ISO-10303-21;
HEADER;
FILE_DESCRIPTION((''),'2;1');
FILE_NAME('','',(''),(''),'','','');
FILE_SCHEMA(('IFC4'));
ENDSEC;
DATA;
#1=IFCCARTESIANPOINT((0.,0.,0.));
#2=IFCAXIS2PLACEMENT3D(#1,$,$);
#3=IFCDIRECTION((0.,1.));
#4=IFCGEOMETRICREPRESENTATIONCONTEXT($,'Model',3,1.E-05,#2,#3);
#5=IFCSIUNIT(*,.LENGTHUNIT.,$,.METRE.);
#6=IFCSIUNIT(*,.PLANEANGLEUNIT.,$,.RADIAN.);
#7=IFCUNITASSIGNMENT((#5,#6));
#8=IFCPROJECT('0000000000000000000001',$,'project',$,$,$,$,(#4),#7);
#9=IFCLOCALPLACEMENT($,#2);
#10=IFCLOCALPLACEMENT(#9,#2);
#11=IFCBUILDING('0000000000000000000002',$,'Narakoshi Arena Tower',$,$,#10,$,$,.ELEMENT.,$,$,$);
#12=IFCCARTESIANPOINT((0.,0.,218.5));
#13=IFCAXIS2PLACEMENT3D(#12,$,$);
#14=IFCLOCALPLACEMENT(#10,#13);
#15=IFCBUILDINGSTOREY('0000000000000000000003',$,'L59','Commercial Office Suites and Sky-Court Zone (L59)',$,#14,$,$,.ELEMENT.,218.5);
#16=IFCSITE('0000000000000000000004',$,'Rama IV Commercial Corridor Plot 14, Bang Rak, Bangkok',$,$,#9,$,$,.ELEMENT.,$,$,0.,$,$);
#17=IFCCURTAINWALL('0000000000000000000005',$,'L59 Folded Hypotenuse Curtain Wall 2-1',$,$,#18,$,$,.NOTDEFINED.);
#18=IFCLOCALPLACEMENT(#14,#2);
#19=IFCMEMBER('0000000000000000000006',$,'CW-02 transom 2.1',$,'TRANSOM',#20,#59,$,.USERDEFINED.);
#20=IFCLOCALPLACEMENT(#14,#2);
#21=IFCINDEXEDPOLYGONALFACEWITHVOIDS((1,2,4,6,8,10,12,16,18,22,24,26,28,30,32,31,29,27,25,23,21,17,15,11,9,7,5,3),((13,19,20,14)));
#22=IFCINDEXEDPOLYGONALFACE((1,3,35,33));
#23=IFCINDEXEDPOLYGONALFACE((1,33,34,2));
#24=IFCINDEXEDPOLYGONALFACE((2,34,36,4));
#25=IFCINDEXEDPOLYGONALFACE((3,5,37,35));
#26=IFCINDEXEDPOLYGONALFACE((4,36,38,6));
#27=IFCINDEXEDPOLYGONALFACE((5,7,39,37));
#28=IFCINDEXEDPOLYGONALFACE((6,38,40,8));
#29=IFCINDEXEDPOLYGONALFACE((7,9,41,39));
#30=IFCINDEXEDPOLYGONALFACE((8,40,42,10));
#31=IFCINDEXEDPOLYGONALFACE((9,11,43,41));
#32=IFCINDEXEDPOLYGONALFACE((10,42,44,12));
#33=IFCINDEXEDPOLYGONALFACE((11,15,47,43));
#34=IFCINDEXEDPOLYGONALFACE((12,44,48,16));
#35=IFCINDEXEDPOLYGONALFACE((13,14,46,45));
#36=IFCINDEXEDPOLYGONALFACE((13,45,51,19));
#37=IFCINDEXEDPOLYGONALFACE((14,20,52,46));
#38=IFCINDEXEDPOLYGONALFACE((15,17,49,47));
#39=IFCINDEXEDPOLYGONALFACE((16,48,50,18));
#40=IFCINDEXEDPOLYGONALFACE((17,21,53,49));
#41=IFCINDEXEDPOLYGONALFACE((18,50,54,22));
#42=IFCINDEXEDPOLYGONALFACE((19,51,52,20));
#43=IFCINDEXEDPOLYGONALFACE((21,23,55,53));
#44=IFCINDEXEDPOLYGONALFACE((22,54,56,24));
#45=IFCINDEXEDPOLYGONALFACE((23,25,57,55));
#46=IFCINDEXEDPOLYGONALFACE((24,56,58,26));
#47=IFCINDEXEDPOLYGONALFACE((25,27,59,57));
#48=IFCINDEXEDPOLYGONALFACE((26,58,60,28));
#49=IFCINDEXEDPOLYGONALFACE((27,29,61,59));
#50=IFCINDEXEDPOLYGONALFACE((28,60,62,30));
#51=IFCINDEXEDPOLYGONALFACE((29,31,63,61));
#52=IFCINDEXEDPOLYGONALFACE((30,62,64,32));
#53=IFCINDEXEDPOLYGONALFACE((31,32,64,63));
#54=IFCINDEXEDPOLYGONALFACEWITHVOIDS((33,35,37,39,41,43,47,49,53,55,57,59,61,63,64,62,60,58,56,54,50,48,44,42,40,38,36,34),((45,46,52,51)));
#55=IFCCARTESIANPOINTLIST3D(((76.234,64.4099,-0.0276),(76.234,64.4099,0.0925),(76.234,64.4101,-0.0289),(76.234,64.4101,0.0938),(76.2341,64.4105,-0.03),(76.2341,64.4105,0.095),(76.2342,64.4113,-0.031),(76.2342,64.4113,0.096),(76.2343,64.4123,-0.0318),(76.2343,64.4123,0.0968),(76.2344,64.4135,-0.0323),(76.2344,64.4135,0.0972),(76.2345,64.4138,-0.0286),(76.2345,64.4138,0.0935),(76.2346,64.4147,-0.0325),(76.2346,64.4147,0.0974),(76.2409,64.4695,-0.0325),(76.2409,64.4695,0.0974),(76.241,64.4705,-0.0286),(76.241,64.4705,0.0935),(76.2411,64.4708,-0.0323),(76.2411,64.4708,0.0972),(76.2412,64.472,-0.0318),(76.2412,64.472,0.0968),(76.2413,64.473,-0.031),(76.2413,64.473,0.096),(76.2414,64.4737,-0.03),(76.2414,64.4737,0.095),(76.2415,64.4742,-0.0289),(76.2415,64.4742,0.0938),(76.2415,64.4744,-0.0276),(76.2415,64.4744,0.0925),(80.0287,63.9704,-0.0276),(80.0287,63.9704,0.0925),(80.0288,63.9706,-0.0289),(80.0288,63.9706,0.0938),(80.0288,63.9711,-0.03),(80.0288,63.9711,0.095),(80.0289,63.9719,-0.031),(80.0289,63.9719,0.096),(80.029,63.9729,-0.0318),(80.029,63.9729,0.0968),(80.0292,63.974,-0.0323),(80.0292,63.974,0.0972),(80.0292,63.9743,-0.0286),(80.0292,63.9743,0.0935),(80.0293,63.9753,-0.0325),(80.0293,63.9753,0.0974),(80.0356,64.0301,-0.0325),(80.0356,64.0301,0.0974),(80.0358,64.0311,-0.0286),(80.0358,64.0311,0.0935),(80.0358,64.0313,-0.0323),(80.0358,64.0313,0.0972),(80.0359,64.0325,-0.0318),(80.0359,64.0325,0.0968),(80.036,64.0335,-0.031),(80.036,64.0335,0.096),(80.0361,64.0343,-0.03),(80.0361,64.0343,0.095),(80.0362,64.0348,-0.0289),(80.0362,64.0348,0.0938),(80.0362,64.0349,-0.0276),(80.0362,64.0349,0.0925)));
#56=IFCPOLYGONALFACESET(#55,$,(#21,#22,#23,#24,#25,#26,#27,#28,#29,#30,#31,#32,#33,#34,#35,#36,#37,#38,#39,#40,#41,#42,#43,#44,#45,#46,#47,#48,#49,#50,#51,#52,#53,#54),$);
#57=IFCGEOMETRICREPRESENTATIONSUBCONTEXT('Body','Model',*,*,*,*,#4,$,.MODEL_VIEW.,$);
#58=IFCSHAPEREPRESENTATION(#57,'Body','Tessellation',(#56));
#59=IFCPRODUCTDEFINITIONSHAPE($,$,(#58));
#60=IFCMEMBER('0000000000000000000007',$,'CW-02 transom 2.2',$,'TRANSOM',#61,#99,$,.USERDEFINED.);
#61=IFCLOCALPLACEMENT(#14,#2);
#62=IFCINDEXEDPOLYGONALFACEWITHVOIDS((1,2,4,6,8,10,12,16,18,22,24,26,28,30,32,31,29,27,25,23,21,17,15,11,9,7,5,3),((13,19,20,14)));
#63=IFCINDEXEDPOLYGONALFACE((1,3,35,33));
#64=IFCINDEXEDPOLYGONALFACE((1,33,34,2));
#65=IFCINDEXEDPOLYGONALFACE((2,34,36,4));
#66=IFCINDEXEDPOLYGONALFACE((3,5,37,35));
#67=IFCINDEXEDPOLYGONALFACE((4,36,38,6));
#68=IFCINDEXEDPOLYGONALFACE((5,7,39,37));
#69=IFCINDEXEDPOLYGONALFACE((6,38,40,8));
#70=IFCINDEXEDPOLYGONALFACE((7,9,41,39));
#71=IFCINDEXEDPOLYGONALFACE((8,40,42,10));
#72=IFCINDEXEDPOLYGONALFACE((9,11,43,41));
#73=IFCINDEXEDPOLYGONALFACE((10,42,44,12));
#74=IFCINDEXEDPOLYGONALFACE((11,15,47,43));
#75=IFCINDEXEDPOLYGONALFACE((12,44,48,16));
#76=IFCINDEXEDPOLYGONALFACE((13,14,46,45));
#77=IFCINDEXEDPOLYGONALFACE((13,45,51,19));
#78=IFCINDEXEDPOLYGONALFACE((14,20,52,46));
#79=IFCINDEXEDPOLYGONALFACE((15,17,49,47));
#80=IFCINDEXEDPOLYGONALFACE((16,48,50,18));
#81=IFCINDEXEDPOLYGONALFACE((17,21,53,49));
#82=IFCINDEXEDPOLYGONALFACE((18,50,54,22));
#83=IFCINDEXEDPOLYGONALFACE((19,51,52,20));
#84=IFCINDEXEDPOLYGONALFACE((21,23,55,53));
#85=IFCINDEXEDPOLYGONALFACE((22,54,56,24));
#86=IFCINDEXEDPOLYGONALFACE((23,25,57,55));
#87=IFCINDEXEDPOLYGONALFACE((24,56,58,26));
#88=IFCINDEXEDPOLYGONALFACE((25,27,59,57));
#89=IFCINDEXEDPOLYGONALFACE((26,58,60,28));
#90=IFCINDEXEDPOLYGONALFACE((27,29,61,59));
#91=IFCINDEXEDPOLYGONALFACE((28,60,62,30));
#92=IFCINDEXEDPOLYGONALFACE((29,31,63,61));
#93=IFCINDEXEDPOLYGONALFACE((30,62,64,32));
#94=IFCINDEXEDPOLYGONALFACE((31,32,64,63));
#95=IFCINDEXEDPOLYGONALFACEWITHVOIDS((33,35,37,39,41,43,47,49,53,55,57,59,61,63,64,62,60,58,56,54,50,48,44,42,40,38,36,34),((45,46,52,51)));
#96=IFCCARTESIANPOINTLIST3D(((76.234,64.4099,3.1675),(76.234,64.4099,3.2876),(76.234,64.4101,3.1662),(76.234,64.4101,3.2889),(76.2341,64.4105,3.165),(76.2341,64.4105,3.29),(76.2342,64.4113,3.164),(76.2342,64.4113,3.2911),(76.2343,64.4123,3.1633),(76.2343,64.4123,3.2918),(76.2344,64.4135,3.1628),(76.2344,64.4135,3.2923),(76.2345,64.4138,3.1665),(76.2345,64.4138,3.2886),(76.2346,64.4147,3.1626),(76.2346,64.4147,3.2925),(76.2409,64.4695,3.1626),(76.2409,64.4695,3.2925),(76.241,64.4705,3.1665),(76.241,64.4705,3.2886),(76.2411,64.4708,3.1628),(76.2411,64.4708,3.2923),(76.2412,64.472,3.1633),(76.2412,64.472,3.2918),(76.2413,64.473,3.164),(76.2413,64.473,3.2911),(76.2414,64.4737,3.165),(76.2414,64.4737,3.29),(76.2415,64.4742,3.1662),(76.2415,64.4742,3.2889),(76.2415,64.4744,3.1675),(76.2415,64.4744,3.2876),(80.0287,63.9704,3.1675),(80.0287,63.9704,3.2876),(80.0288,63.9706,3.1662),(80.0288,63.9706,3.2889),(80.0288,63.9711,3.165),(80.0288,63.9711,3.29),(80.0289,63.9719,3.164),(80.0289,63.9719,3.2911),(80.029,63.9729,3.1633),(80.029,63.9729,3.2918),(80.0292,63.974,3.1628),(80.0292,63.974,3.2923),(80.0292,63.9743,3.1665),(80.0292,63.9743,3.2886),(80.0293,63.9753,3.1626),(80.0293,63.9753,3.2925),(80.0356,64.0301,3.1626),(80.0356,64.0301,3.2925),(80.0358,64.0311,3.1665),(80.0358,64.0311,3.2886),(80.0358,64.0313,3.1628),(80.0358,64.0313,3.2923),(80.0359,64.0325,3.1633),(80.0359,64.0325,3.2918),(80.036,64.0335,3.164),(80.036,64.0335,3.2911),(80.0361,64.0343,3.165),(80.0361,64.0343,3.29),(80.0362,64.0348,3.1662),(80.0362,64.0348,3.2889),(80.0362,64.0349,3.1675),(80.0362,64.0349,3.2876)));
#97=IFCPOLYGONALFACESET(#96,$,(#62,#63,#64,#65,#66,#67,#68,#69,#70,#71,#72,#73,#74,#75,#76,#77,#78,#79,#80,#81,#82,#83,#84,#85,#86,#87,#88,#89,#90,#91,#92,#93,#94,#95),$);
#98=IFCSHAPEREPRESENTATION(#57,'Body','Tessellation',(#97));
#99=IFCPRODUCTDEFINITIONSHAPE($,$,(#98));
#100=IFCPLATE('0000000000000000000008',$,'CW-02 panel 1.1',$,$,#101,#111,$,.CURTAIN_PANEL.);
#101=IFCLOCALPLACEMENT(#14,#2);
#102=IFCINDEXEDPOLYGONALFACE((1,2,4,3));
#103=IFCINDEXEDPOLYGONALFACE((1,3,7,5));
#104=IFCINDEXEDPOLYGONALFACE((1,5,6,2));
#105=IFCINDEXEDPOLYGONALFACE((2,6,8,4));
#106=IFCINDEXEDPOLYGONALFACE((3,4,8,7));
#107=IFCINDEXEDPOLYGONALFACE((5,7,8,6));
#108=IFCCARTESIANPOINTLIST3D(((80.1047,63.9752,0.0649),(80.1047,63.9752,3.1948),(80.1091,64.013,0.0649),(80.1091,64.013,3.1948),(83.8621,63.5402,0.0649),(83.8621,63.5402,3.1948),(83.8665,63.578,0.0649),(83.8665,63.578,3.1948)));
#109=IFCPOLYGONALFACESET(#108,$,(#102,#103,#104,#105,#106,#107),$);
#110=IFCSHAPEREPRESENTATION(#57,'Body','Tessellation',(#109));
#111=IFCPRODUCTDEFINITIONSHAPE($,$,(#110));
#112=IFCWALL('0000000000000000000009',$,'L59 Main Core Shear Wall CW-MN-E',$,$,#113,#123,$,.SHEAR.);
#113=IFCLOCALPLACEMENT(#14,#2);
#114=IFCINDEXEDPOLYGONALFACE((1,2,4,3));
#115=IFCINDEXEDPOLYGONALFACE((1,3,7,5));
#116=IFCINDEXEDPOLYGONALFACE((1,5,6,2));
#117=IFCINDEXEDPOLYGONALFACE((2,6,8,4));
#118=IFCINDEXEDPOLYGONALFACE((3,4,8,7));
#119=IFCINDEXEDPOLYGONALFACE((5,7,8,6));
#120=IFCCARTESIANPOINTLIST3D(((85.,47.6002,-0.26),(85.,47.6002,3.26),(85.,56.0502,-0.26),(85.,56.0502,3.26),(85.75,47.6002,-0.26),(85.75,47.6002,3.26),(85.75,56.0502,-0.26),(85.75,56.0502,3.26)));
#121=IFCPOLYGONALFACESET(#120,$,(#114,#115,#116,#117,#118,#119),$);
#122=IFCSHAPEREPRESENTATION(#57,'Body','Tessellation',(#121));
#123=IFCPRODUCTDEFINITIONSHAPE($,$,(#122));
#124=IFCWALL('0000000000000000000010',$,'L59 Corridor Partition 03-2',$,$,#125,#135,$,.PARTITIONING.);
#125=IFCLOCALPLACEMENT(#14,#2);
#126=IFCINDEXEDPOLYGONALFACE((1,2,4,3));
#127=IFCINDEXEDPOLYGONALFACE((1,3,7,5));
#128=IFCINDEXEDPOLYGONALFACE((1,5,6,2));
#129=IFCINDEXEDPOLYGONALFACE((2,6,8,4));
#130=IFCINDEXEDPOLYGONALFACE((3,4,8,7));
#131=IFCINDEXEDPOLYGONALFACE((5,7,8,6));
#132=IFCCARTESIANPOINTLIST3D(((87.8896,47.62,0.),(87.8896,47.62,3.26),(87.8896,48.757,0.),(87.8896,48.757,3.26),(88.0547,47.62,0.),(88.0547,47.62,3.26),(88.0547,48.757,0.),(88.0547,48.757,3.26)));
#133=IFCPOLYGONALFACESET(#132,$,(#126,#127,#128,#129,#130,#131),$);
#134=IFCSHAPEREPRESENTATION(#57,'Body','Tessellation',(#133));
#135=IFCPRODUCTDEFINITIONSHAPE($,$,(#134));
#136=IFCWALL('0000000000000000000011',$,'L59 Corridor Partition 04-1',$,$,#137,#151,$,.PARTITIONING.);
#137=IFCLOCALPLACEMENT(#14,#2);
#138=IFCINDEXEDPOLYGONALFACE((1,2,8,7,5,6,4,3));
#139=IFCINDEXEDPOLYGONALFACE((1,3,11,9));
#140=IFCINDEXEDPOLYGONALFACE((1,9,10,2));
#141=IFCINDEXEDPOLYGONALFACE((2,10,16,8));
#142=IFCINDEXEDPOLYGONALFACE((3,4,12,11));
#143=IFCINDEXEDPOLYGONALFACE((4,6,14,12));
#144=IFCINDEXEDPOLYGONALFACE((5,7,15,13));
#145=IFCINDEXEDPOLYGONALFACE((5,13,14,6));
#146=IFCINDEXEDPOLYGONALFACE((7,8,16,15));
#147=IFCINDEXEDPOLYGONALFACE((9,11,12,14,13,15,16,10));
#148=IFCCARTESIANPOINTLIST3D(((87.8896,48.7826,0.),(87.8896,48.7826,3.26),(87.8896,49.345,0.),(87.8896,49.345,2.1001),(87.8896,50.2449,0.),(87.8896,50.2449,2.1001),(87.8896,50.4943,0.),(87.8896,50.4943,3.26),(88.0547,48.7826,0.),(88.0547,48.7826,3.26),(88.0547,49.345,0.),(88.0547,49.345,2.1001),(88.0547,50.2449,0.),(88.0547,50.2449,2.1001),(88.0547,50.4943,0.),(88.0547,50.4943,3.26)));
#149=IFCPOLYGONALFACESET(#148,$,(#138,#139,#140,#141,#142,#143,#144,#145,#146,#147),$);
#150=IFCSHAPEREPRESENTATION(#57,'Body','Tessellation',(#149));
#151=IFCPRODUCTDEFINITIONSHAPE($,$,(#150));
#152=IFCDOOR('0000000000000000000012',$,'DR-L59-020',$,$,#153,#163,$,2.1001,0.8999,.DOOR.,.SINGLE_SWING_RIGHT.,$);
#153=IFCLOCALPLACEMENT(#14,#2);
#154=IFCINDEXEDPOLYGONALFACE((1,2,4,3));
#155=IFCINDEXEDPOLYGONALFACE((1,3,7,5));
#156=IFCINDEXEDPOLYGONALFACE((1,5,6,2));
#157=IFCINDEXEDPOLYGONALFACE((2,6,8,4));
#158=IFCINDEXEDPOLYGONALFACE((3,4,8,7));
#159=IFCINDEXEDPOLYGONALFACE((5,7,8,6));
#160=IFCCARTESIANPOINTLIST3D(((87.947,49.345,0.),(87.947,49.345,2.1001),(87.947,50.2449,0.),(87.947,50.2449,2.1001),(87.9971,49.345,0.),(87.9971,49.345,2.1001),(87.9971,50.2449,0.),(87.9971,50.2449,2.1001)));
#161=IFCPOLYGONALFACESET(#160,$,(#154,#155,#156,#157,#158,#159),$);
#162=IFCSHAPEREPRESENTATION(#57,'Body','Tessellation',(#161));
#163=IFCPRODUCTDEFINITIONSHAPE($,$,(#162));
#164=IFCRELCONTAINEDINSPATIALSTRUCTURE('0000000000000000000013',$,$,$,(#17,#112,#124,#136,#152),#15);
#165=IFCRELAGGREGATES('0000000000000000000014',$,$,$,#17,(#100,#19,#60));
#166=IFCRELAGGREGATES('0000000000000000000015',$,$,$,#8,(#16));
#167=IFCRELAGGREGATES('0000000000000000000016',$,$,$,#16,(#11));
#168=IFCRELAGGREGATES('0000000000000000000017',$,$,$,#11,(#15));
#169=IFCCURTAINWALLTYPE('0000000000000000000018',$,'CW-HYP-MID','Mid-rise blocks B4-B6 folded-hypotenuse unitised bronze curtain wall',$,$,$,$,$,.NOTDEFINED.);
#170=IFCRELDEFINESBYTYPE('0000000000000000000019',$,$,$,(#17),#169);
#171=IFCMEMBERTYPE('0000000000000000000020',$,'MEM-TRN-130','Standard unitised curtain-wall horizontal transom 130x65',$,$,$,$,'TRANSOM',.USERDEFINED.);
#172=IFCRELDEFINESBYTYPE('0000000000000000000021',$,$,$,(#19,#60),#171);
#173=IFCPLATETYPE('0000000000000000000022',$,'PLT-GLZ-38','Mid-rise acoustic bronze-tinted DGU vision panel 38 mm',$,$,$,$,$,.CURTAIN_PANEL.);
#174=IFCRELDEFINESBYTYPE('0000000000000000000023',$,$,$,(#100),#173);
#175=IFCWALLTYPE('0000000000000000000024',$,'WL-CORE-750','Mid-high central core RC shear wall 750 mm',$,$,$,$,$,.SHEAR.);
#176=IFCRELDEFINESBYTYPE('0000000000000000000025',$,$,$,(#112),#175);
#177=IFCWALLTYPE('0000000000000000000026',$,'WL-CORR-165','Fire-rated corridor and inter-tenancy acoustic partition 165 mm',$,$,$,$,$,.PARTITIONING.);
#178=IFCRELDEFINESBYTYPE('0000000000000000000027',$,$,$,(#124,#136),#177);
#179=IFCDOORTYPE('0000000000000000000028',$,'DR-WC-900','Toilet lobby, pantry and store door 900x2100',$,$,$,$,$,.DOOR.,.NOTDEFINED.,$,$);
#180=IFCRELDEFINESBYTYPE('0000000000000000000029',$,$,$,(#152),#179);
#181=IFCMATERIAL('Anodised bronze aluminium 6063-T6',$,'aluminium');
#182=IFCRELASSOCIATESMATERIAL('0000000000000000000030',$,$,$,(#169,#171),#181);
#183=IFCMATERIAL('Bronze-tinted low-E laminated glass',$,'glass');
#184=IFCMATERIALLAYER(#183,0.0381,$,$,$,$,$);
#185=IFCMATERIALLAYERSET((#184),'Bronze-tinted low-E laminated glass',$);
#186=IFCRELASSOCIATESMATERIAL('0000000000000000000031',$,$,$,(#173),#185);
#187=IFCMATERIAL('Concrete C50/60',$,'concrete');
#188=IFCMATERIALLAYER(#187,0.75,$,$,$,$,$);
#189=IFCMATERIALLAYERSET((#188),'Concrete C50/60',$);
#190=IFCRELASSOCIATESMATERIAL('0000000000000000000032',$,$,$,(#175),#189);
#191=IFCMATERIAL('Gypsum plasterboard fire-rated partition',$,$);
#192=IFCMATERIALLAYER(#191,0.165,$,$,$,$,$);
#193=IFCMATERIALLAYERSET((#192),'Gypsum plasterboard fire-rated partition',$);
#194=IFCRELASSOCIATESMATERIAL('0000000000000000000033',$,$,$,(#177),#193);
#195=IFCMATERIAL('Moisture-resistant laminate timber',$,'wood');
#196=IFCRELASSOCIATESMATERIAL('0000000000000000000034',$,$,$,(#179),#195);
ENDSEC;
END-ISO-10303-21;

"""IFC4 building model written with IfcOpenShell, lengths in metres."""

from ifc_helpers import new_model, si_unit, direction, frame, frame_2d, origin, origin_2d, place, context, subcontext, project, spatial, rectangle, hollow_rectangle, extrude, material, layer, layer_set, material_profile, profile_set, type_object, element, fill, aggregate, save


model = new_model("IFC4")

# Units and contexts
model_context = context("Model", 3, precision=1e-05, world=origin(), true_north=direction((0.0, 1.0)))
body_context = subcontext(model_context, "Body", "Model", "MODEL_VIEW")
ifc_project = project(units=[si_unit("LENGTHUNIT", "METRE"), si_unit("PLANEANGLEUNIT", "RADIAN")], contexts=[model_context])

# Site, building, storey
site_placement = place(None, origin())
site = spatial("IfcSite", under=ifc_project, at=site_placement, Name="Rama IV Commercial Corridor Plot 14, Bang Rak, Bangkok", CompositionType="ELEMENT", RefElevation=0.0)
building_placement = place(site_placement, origin())
building = spatial("IfcBuilding", under=site, at=building_placement, Name="Narakoshi Arena Tower", CompositionType="ELEMENT")
storey_placement = place(building_placement, frame((0.0, 0.0, 218.5)))
storey = spatial("IfcBuildingStorey", under=building, at=storey_placement, Name="L59", Description="Commercial Office Suites and Sky-Court Zone (L59)", CompositionType="ELEMENT", Elevation=218.5)

# Curtain wall, members, plate
ifc_material_1 = material(Name="Anodised bronze aluminium 6063-T6", Category="aluminium")
curtain_wall_type = type_object("IfcCurtainWallType", Name="CW-HYP-MID", Description="Mid-rise blocks B4-B6 folded-hypotenuse unitised bronze curtain wall", PredefinedType="NOTDEFINED", material=ifc_material_1)
curtain_wall_placement = place(storey_placement, origin())
curtain_wall = element("IfcCurtainWall", 1, at=curtain_wall_placement, inside=storey, type_object=curtain_wall_type, Name="L59 Folded Hypotenuse Curtain Wall 2-1", PredefinedType="NOTDEFINED")
ifc_material_profile_1 = material_profile(ifc_material_1, hollow_rectangle(XDim=0.0649, YDim=0.1299, WallThickness=0.0039, OuterFilletRadius=0.0049, at=origin_2d()), Name="TRN130x65x4")
ifc_profile_set_1 = profile_set([ifc_material_profile_1], Name="Anodised bronze aluminium 6063-T6")
member_type_1 = type_object("IfcMemberType", Name="MEM-TRN-130", Description="Standard unitised curtain-wall horizontal transom 130x65", ElementType="TRANSOM", PredefinedType="USERDEFINED", material=ifc_profile_set_1)
member_1_placement = place(storey_placement, frame((80.0325, 64.0027, 0.0325), z_axis=(-0.993361, 0.115039, 0.0), x_axis=(-0.115039, -0.993361, 0.0)))
member_1 = element("IfcMember", 2, at=member_1_placement, type_object=member_type_1, Name="CW-02 transom 2.1", ObjectType="TRANSOM", PredefinedType="USERDEFINED", context=body_context, shape_type="SweptSolid", body=[
    extrude(hollow_rectangle(XDim=0.0649, YDim=0.1299, WallThickness=0.0039, OuterFilletRadius=0.0049, at=origin_2d()), origin(), (0.0, 0.0, 1.0), 3.8201),
])
member_2_placement = place(storey_placement, frame((80.0325, 64.0027, 3.2275), z_axis=(-0.993361, 0.115039, 0.0), x_axis=(-0.115039, -0.993361, 0.0)))
member_2 = element("IfcMember", 3, at=member_2_placement, type_object=member_type_1, Name="CW-02 transom 2.2", ObjectType="TRANSOM", PredefinedType="USERDEFINED", context=body_context, shape_type="SweptSolid", body=[
    extrude(hollow_rectangle(XDim=0.0649, YDim=0.1299, WallThickness=0.0039, OuterFilletRadius=0.0049, at=origin_2d()), origin(), (0.0, 0.0, 1.0), 3.8201),
])
ifc_material_2 = material(Name="Bronze-tinted low-E laminated glass", Category="glass")
ifc_layer_1 = layer(ifc_material_2, 0.0381)
ifc_layer_set_1 = layer_set([ifc_layer_1], Name="Bronze-tinted low-E laminated glass")
plate_type = type_object("IfcPlateType", Name="PLT-GLZ-38", Description="Mid-rise acoustic bronze-tinted DGU vision panel 38 mm", PredefinedType="CURTAIN_PANEL", material=ifc_layer_set_1)
plate_placement = place(storey_placement, frame((81.9856, 63.7766, 0.0649), z_axis=(0.0, 0.0, 1.0), x_axis=(-0.993364, 0.115011, 0.0)))
plate = element("IfcPlate", 4, at=plate_placement, type_object=plate_type, Name="CW-02 panel 1.1", PredefinedType="CURTAIN_PANEL", context=body_context, shape_type="SweptSolid", body=[
    extrude(rectangle(XDim=3.7825, YDim=0.0381, at=origin_2d()), origin(), (0.0, 0.0, 1.0), 3.1299),
])
aggregate(curtain_wall, [plate, member_1, member_2])

# Walls
ifc_material_3 = material(Name="Concrete C50/60", Category="concrete")
ifc_layer_2 = layer(ifc_material_3, 0.75)
ifc_layer_set_2 = layer_set([ifc_layer_2], Name="Concrete C50/60")
wall_type_1 = type_object("IfcWallType", Name="WL-CORE-750", Description="Mid-high central core RC shear wall 750 mm", PredefinedType="SHEAR", material=ifc_layer_set_2)
wall_1_placement = place(storey_placement, frame((85.375, 47.6001, -0.26), z_axis=(0.0, 0.0, 1.0), x_axis=(0.0, 1.0, 0.0)))
element("IfcWall", 5, at=wall_1_placement, inside=storey, type_object=wall_type_1, Name="L59 Main Core Shear Wall CW-MN-E", PredefinedType="SHEAR", context=body_context, shape_type="SweptSolid", body=[
    extrude(rectangle(XDim=8.45, YDim=0.75, at=frame_2d((4.2251, 0.0))), origin(), (0.0, 0.0, 1.0), 3.52),
])
ifc_material_4 = material(Name="Gypsum plasterboard fire-rated partition")
ifc_layer_3 = layer(ifc_material_4, 0.165)
ifc_layer_set_3 = layer_set([ifc_layer_3], Name="Gypsum plasterboard fire-rated partition")
wall_type_2 = type_object("IfcWallType", Name="WL-CORR-165", Description="Fire-rated corridor and inter-tenancy acoustic partition 165 mm", PredefinedType="PARTITIONING", material=ifc_layer_set_3)
wall_2_placement = place(storey_placement, frame((87.9722, 47.6201, 0.0), z_axis=(0.0, 0.0, 1.0), x_axis=(0.0, 1.0, 0.0)))
element("IfcWall", 6, at=wall_2_placement, inside=storey, type_object=wall_type_2, Name="L59 Corridor Partition 03-2", PredefinedType="PARTITIONING", context=body_context, shape_type="SweptSolid", body=[
    extrude(rectangle(XDim=1.137, YDim=0.165, at=frame_2d((0.5684, 0.0))), origin(), (0.0, 0.0, 1.0), 3.26),
])

# Wall, opening, door
wall_3_placement = place(storey_placement, frame((87.9722, 48.7825, 0.0), z_axis=(0.0, 0.0, 1.0), x_axis=(0.0, 1.0, 0.0)))
wall_3 = element("IfcWall", 7, at=wall_3_placement, inside=storey, type_object=wall_type_2, Name="L59 Corridor Partition 04-1", PredefinedType="PARTITIONING", context=body_context, shape_type="SweptSolid", body=[
    extrude(rectangle(XDim=1.7117, YDim=0.165, at=frame_2d((0.856, 0.0))), origin(), (0.0, 0.0, 1.0), 3.26),
])
opening_1_placement = place(wall_3_placement, frame((0.5625, 0.0, 0.0)))
opening_1 = element("IfcOpeningElement", 8, at=opening_1_placement, cuts=wall_3, PredefinedType="OPENING", context=body_context, shape_type="SweptSolid", body=[
    extrude(rectangle(XDim=0.8999, YDim=2.1001, at=frame_2d((0.45, 1.05))), frame((0.0, 0.0925, 0.0), z_axis=(0.0, -1.0, 0.0), x_axis=(1.0, 0.0, 0.0)), (0.0, 0.0, 1.0), 0.1851),
])
ifc_material_5 = material(Name="Moisture-resistant laminate timber", Category="wood")
door_type_1 = type_object("IfcDoorType", Name="DR-WC-900", Description="Toilet lobby, pantry and store door 900x2100", OperationType="NOTDEFINED", PredefinedType="DOOR", material=ifc_material_5)
door_1_placement = place(opening_1_placement, frame((0.8999, 0.0, 0.0), z_axis=(0.0, 0.0, 1.0), x_axis=(-1.0, 0.0, 0.0)))
door_1 = element("IfcDoor", 9, at=door_1_placement, inside=storey, type_object=door_type_1, Name="DR-L59-020", OperationType="SINGLE_SWING_RIGHT", OverallHeight=2.1001, OverallWidth=0.8999, PredefinedType="DOOR", context=body_context, shape_type="SweptSolid", body=[
    extrude(rectangle(XDim=0.8999, YDim=2.1001, at=frame_2d((0.45, 1.05))), frame((0.0, 0.0249, 0.0), z_axis=(0.0, -1.0, 0.0), x_axis=(1.0, 0.0, 0.0)), (0.0, 0.0, 1.0), 0.05),
])
fill(opening_1, door_1)

save(model, "model.ifc")
